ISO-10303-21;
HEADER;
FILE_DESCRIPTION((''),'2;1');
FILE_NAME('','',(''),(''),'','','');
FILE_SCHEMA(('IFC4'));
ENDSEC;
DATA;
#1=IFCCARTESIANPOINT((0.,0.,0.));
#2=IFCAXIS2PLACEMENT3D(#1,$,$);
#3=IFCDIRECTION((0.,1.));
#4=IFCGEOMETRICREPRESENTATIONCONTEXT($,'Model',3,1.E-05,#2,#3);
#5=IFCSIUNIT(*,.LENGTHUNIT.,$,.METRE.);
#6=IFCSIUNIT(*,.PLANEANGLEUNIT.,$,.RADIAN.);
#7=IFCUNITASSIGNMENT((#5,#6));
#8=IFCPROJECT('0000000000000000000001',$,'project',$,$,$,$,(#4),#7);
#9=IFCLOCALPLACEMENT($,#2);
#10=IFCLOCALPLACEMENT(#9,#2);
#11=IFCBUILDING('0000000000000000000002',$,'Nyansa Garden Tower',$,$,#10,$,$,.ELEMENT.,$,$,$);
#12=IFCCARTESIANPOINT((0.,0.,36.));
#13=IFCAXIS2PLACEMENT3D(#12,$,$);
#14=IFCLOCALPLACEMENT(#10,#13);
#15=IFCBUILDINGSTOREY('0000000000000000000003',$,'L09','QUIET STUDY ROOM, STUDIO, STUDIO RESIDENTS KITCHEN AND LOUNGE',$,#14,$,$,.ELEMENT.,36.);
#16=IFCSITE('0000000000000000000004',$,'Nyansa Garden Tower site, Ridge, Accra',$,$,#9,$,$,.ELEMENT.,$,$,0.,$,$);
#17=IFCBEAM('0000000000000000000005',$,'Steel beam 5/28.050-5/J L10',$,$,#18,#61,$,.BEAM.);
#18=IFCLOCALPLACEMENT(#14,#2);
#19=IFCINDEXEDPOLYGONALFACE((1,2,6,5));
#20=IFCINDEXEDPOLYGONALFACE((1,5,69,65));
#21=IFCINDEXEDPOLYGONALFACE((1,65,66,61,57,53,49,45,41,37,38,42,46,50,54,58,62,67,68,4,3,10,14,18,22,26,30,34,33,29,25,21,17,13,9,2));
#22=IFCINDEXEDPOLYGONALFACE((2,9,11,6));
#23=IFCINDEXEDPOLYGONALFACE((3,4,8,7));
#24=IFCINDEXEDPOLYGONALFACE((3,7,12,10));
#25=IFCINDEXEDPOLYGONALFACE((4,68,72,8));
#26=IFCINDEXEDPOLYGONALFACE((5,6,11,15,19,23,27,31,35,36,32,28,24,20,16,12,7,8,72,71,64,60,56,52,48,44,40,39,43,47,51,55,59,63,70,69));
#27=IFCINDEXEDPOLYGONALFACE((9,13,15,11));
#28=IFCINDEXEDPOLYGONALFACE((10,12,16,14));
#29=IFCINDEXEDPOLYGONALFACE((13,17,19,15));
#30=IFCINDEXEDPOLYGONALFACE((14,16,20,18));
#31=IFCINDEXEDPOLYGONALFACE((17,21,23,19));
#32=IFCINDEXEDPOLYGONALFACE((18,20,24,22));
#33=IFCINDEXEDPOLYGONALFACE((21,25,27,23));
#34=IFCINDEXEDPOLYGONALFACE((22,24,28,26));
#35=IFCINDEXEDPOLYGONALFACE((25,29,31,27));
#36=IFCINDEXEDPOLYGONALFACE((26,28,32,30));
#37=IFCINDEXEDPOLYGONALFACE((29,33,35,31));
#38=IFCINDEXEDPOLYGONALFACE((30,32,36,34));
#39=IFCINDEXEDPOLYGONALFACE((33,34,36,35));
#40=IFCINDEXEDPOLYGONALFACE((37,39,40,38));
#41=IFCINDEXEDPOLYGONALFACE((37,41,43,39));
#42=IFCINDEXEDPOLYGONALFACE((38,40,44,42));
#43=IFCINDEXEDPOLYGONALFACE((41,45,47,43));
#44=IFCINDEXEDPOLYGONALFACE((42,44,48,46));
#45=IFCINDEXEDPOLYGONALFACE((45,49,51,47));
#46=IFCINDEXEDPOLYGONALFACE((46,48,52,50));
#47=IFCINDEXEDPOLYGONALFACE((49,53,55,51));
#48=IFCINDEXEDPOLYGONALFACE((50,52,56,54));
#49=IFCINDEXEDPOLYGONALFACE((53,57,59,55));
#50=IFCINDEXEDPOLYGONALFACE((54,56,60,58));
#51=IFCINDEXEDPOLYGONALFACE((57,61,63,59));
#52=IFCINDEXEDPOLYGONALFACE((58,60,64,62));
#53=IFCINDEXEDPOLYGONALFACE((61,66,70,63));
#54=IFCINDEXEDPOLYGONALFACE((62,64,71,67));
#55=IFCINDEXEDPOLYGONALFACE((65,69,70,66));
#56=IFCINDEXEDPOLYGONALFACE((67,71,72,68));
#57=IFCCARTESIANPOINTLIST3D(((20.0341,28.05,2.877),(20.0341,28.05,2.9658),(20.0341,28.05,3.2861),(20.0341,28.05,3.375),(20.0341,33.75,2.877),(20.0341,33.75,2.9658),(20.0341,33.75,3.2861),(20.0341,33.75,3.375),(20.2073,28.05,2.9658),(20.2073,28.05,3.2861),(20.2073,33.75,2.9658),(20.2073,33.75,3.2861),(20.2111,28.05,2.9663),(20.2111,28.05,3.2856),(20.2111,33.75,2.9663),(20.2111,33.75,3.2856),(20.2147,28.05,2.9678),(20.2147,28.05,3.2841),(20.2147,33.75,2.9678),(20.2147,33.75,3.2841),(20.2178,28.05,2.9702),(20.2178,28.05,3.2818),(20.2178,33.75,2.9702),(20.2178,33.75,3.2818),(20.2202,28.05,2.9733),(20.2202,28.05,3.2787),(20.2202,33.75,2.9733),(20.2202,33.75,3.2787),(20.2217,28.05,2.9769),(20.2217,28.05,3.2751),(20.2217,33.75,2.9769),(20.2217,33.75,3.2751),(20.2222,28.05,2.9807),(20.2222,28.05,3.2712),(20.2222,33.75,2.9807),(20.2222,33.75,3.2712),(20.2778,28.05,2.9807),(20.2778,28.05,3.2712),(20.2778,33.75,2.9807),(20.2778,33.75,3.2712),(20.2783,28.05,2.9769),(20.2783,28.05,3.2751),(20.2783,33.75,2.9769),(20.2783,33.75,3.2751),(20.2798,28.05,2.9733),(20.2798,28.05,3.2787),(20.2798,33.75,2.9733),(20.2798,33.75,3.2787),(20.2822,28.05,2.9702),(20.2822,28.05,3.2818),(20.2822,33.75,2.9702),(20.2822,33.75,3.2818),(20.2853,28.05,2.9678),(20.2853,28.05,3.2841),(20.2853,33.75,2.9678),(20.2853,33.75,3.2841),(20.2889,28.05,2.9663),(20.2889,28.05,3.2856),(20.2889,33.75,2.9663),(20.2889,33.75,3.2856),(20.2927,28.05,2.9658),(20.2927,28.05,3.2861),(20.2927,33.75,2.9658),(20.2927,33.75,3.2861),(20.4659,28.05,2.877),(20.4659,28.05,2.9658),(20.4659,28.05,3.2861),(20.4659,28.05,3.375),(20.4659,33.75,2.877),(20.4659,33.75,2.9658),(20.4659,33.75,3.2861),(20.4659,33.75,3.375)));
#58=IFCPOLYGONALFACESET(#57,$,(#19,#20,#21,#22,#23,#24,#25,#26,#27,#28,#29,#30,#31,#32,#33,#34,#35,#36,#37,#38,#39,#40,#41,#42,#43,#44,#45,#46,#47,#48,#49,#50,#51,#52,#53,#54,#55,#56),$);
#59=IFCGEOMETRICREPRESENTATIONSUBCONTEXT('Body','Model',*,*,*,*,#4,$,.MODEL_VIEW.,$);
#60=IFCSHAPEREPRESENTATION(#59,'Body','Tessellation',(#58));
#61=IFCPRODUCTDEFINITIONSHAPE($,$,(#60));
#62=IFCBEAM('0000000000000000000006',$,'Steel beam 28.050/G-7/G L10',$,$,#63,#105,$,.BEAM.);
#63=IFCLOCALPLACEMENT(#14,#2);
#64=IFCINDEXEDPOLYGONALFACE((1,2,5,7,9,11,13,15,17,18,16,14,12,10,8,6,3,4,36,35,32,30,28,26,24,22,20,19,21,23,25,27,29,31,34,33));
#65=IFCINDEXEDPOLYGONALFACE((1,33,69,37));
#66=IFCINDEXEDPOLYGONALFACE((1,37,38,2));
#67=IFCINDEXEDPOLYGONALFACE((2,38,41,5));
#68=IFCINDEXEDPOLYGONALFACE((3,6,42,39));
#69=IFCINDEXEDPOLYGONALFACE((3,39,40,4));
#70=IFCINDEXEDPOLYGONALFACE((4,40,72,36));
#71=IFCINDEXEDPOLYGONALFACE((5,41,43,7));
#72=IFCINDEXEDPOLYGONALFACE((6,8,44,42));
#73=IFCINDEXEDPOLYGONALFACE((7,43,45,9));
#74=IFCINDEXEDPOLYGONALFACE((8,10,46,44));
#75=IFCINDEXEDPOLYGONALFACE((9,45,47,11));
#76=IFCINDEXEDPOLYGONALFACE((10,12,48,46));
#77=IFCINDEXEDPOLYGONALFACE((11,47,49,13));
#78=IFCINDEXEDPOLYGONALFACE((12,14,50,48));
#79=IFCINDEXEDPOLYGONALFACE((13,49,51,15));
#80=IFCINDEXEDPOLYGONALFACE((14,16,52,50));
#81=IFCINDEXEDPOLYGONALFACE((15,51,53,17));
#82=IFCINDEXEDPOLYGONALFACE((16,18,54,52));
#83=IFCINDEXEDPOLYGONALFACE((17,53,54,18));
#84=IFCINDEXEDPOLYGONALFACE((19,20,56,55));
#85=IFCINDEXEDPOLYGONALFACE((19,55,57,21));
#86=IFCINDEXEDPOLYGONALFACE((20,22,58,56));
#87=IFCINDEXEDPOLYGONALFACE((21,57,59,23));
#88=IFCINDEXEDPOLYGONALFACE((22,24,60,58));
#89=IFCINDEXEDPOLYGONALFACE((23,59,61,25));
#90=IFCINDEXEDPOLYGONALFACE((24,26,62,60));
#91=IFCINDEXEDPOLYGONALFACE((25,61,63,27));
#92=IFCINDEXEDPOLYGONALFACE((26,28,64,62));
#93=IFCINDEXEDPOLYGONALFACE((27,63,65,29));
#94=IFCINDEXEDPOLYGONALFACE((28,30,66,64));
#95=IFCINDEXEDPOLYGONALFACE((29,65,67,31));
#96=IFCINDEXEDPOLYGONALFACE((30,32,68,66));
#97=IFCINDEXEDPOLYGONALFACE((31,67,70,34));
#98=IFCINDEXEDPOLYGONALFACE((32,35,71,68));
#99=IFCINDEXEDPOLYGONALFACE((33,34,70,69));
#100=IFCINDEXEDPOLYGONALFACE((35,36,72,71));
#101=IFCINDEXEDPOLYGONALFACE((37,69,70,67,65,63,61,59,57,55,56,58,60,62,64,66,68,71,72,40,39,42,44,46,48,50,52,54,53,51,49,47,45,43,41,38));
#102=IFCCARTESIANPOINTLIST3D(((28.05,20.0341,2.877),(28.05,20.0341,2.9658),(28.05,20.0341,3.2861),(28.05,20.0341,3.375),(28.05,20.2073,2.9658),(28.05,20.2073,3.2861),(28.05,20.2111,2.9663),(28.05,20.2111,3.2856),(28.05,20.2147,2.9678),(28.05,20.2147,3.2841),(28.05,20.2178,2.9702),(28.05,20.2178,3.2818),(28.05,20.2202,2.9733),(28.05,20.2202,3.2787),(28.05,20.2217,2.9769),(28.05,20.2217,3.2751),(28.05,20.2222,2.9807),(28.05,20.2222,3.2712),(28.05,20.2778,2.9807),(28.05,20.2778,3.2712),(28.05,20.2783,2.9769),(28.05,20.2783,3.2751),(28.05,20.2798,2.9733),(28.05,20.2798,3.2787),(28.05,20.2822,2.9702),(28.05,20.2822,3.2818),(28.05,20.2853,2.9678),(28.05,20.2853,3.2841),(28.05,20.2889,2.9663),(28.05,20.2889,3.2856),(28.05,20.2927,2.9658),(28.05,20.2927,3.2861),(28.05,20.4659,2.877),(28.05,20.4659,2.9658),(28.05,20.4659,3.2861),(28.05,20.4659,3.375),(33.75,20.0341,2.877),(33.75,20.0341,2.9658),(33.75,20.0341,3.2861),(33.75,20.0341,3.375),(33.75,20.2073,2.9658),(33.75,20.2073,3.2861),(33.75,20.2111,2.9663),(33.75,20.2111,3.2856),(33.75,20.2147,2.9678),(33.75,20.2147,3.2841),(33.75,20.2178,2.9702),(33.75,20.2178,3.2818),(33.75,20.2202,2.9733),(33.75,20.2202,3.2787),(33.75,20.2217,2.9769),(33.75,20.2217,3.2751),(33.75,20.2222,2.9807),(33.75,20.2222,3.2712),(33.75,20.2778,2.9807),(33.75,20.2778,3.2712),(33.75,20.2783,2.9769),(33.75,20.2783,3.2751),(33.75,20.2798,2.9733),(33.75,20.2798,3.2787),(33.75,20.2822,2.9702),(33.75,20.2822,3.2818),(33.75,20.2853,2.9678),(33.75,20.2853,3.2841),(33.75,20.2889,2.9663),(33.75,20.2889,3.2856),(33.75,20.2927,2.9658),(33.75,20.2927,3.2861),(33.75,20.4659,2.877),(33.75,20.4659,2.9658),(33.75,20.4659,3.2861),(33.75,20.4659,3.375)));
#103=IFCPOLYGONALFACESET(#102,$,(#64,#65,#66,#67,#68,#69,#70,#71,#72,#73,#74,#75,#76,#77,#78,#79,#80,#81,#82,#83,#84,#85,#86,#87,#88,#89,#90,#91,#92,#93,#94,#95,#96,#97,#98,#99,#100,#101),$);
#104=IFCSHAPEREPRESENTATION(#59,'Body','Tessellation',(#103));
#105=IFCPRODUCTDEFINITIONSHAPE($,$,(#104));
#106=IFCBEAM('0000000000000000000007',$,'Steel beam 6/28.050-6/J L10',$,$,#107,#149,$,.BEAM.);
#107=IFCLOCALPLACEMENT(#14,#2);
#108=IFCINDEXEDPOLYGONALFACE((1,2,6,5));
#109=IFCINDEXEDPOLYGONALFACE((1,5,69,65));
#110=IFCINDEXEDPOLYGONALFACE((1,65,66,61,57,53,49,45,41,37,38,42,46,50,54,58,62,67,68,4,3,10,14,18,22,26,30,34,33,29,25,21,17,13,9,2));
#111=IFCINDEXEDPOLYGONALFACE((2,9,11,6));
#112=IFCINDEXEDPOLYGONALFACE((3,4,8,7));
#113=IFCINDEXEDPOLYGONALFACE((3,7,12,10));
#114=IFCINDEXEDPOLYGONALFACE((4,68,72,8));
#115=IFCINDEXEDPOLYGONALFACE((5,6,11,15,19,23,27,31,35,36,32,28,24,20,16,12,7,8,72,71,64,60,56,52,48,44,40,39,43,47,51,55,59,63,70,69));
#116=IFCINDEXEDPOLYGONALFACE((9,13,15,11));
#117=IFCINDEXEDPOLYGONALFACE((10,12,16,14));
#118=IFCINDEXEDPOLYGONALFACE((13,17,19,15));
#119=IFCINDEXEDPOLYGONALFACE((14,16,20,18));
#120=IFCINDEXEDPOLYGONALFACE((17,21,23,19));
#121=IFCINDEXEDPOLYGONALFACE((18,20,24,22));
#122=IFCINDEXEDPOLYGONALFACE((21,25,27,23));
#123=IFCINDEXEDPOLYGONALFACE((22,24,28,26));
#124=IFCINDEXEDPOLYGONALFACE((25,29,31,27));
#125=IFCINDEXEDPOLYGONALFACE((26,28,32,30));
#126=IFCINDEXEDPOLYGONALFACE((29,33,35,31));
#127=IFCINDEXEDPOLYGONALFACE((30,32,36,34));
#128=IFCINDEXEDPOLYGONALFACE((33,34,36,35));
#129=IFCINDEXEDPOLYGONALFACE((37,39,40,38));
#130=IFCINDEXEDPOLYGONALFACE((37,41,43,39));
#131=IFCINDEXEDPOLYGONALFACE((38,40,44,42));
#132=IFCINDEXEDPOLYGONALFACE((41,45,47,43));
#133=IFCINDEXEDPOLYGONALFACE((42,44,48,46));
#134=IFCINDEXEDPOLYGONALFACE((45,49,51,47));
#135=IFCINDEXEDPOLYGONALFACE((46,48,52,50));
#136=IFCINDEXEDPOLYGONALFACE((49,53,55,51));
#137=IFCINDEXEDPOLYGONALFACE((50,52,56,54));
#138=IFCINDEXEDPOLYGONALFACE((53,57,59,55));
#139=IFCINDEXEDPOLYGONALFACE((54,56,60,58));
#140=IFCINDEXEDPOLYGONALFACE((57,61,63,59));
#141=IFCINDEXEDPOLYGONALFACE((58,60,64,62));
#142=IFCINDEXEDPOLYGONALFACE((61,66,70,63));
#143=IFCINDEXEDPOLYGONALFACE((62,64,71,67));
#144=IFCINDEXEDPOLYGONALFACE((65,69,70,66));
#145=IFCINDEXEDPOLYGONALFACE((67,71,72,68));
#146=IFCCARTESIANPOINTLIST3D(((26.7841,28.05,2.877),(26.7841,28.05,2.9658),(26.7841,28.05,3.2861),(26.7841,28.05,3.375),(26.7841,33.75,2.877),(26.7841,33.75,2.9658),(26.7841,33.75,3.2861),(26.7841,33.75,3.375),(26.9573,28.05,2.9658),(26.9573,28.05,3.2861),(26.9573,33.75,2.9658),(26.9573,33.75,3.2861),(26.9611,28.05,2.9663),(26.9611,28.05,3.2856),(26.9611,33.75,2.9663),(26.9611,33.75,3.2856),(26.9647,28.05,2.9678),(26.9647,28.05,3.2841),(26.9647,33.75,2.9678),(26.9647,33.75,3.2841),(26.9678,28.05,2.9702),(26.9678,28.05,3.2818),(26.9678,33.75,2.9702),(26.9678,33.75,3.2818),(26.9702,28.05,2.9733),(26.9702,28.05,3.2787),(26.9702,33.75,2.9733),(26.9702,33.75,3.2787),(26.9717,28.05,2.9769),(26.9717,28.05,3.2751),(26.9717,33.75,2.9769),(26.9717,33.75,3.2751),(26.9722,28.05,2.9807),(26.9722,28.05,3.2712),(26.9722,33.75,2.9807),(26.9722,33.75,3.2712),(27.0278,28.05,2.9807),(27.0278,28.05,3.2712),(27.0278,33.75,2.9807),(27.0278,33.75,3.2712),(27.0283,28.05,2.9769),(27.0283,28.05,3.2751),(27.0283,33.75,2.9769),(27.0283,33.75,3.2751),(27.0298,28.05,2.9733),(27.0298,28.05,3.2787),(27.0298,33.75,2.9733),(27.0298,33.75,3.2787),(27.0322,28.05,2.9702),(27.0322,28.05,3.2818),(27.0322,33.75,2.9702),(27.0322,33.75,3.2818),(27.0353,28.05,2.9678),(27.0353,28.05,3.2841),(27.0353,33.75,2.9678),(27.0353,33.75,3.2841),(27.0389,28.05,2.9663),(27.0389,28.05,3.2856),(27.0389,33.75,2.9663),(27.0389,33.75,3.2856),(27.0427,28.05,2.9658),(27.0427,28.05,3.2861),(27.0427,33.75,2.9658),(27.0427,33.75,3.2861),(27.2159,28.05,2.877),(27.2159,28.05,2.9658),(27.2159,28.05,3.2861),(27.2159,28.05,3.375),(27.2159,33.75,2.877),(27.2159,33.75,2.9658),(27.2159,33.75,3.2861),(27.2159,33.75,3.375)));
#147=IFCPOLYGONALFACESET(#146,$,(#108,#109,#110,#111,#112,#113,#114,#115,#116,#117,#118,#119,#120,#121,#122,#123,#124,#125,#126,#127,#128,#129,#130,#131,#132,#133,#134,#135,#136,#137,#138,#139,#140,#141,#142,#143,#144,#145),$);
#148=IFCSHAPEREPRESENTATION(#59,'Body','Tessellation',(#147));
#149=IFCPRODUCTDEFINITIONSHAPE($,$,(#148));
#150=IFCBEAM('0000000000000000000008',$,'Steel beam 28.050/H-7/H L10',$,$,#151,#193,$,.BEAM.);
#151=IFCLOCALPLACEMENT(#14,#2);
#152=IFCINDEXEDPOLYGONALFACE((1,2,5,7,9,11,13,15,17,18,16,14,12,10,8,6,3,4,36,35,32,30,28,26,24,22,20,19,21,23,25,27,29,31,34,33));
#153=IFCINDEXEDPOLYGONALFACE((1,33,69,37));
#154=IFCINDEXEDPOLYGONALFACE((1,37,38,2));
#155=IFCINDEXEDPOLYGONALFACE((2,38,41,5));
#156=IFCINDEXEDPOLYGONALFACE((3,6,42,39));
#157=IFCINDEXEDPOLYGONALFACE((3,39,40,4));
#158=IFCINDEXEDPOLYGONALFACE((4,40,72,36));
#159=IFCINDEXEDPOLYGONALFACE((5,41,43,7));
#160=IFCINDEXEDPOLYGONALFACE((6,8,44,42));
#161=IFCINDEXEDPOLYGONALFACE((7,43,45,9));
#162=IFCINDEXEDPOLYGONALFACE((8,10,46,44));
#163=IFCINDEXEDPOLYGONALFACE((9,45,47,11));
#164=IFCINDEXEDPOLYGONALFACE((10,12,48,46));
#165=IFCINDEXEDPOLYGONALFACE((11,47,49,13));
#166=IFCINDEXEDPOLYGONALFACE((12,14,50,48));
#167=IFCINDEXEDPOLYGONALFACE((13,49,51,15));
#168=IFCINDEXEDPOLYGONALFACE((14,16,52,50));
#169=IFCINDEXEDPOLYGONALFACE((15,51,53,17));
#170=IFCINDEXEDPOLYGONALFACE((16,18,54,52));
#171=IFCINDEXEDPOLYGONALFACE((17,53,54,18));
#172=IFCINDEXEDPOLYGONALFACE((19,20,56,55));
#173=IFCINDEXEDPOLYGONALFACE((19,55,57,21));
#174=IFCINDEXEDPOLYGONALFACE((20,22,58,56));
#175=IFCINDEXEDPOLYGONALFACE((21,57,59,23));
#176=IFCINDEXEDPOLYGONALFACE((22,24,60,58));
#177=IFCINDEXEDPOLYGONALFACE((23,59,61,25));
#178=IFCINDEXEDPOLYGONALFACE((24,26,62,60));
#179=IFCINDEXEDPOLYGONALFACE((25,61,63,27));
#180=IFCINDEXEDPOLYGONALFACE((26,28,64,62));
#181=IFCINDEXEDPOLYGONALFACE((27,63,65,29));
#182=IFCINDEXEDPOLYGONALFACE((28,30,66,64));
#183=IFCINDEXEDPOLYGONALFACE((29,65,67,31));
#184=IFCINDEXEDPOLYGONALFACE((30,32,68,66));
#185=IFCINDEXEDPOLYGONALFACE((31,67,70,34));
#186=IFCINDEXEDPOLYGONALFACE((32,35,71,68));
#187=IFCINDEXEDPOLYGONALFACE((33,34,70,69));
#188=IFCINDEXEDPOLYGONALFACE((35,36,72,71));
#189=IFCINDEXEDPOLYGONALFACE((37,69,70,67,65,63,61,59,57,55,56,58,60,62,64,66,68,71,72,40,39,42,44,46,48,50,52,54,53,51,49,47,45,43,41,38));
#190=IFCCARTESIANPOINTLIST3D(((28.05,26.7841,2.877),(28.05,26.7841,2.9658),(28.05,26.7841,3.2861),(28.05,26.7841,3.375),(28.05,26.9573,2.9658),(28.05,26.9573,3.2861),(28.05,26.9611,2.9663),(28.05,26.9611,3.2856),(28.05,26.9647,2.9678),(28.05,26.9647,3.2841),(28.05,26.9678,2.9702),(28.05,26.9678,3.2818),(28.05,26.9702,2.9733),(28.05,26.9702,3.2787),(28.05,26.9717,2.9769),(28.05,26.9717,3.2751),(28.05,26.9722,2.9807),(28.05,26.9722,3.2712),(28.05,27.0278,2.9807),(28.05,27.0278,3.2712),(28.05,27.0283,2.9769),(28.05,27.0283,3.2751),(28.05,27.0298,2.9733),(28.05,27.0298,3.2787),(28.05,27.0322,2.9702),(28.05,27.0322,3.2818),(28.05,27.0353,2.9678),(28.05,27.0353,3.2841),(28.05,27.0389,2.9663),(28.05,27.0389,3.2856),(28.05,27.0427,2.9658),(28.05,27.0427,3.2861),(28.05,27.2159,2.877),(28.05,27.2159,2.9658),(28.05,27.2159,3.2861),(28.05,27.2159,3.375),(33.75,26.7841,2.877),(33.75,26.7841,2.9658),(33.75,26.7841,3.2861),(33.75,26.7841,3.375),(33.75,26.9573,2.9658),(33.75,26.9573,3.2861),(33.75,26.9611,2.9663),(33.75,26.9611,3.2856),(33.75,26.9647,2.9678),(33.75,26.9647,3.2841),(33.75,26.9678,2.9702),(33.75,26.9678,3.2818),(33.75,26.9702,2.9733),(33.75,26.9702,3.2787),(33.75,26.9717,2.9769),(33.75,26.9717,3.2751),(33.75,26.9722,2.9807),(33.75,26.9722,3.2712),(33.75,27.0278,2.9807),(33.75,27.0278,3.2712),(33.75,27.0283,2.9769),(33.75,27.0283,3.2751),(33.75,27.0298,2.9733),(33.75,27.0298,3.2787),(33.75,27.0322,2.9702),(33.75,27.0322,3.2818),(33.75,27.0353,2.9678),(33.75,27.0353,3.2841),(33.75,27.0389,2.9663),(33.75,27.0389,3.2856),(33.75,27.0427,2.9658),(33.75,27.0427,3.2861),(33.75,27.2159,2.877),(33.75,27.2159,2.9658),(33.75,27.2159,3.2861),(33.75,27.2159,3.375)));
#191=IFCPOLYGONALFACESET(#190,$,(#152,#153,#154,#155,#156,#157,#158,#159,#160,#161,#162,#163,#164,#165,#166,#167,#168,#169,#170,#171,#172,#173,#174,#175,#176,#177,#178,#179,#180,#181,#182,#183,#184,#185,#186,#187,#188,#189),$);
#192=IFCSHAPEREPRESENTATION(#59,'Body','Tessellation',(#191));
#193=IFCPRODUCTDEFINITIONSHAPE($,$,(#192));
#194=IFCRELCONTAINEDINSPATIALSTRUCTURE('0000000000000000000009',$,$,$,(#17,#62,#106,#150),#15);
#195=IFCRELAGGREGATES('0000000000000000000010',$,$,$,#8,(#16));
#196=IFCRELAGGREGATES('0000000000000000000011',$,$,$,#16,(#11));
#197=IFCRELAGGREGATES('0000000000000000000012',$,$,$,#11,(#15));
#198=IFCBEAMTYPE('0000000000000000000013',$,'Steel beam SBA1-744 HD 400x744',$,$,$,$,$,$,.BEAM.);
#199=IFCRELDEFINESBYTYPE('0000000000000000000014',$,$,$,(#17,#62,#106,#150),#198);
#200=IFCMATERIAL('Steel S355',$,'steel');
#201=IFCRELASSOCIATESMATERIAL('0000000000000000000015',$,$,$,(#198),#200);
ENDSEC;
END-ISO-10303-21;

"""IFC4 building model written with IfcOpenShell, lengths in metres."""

from ifc_helpers import new_model, si_unit, direction, frame, origin, origin_2d, place, context, subcontext, project, spatial, i_section, extrude, material, material_profile, profile_set, type_object, element, save


model = new_model("IFC4")

# Units and contexts
model_context = context("Model", 3, precision=1e-05, world=origin(), true_north=direction((0.0, 1.0)))
body_context = subcontext(model_context, "Body", "Model", "MODEL_VIEW")
ifc_project = project(units=[si_unit("LENGTHUNIT", "METRE"), si_unit("PLANEANGLEUNIT", "RADIAN")], contexts=[model_context])

# Site, building, storey
site_placement = place(None, origin())
site = spatial("IfcSite", under=ifc_project, at=site_placement, Name="Nyansa Garden Tower site, Ridge, Accra", CompositionType="ELEMENT", RefElevation=0.0)
building_placement = place(site_placement, origin())
building = spatial("IfcBuilding", under=site, at=building_placement, Name="Nyansa Garden Tower", CompositionType="ELEMENT")
storey_placement = place(building_placement, frame((0.0, 0.0, 36.0)))
storey = spatial("IfcBuildingStorey", under=building, at=storey_placement, Name="L09", Description="QUIET STUDY ROOM, STUDIO, STUDIO RESIDENTS KITCHEN AND LOUNGE", CompositionType="ELEMENT", Elevation=36.0)

# Beams
ifc_material_1 = material(Name="Steel S355", Category="steel")
ifc_material_profile_1 = material_profile(ifc_material_1, i_section(OverallWidth=0.4319, OverallDepth=0.498, WebThickness=0.0557, FlangeThickness=0.0889, FilletRadius=0.0149, at=origin_2d()), Name="HD 400x744")
ifc_profile_set_1 = profile_set([ifc_material_profile_1], Name="Steel S355")
beam_type_1 = type_object("IfcBeamType", Name="Steel beam SBA1-744 HD 400x744", PredefinedType="BEAM", material=ifc_profile_set_1)
for number, where, z_axis, x_axis, name in (
    (1, (20.25, 28.05, 3.126), (0.0, 1.0, 0.0), (-1.0, 0.0, 0.0), "Steel beam 5/28.050-5/J L10"),
    (2, (28.05, 20.25, 3.126), (1.0, 0.0, 0.0), (0.0, 1.0, 0.0), "Steel beam 28.050/G-7/G L10"),
    (3, (27.0, 28.05, 3.126), (0.0, 1.0, 0.0), (-1.0, 0.0, 0.0), "Steel beam 6/28.050-6/J L10"),
    (4, (28.05, 27.0, 3.126), (1.0, 0.0, 0.0), (0.0, 1.0, 0.0), "Steel beam 28.050/H-7/H L10"),
):
    element("IfcBeam", number, at=place(storey_placement, frame(where, z_axis=z_axis, x_axis=x_axis)), inside=storey, type_object=beam_type_1, Name=name, PredefinedType="BEAM", context=body_context, shape_type="SweptSolid", body=[
        extrude(i_section(OverallWidth=0.4319, OverallDepth=0.498, WebThickness=0.0557, FlangeThickness=0.0889, FilletRadius=0.0149, at=origin_2d()), origin(), (0.0, 0.0, 1.0), 5.7),
    ])

save(model, "model.ifc")
